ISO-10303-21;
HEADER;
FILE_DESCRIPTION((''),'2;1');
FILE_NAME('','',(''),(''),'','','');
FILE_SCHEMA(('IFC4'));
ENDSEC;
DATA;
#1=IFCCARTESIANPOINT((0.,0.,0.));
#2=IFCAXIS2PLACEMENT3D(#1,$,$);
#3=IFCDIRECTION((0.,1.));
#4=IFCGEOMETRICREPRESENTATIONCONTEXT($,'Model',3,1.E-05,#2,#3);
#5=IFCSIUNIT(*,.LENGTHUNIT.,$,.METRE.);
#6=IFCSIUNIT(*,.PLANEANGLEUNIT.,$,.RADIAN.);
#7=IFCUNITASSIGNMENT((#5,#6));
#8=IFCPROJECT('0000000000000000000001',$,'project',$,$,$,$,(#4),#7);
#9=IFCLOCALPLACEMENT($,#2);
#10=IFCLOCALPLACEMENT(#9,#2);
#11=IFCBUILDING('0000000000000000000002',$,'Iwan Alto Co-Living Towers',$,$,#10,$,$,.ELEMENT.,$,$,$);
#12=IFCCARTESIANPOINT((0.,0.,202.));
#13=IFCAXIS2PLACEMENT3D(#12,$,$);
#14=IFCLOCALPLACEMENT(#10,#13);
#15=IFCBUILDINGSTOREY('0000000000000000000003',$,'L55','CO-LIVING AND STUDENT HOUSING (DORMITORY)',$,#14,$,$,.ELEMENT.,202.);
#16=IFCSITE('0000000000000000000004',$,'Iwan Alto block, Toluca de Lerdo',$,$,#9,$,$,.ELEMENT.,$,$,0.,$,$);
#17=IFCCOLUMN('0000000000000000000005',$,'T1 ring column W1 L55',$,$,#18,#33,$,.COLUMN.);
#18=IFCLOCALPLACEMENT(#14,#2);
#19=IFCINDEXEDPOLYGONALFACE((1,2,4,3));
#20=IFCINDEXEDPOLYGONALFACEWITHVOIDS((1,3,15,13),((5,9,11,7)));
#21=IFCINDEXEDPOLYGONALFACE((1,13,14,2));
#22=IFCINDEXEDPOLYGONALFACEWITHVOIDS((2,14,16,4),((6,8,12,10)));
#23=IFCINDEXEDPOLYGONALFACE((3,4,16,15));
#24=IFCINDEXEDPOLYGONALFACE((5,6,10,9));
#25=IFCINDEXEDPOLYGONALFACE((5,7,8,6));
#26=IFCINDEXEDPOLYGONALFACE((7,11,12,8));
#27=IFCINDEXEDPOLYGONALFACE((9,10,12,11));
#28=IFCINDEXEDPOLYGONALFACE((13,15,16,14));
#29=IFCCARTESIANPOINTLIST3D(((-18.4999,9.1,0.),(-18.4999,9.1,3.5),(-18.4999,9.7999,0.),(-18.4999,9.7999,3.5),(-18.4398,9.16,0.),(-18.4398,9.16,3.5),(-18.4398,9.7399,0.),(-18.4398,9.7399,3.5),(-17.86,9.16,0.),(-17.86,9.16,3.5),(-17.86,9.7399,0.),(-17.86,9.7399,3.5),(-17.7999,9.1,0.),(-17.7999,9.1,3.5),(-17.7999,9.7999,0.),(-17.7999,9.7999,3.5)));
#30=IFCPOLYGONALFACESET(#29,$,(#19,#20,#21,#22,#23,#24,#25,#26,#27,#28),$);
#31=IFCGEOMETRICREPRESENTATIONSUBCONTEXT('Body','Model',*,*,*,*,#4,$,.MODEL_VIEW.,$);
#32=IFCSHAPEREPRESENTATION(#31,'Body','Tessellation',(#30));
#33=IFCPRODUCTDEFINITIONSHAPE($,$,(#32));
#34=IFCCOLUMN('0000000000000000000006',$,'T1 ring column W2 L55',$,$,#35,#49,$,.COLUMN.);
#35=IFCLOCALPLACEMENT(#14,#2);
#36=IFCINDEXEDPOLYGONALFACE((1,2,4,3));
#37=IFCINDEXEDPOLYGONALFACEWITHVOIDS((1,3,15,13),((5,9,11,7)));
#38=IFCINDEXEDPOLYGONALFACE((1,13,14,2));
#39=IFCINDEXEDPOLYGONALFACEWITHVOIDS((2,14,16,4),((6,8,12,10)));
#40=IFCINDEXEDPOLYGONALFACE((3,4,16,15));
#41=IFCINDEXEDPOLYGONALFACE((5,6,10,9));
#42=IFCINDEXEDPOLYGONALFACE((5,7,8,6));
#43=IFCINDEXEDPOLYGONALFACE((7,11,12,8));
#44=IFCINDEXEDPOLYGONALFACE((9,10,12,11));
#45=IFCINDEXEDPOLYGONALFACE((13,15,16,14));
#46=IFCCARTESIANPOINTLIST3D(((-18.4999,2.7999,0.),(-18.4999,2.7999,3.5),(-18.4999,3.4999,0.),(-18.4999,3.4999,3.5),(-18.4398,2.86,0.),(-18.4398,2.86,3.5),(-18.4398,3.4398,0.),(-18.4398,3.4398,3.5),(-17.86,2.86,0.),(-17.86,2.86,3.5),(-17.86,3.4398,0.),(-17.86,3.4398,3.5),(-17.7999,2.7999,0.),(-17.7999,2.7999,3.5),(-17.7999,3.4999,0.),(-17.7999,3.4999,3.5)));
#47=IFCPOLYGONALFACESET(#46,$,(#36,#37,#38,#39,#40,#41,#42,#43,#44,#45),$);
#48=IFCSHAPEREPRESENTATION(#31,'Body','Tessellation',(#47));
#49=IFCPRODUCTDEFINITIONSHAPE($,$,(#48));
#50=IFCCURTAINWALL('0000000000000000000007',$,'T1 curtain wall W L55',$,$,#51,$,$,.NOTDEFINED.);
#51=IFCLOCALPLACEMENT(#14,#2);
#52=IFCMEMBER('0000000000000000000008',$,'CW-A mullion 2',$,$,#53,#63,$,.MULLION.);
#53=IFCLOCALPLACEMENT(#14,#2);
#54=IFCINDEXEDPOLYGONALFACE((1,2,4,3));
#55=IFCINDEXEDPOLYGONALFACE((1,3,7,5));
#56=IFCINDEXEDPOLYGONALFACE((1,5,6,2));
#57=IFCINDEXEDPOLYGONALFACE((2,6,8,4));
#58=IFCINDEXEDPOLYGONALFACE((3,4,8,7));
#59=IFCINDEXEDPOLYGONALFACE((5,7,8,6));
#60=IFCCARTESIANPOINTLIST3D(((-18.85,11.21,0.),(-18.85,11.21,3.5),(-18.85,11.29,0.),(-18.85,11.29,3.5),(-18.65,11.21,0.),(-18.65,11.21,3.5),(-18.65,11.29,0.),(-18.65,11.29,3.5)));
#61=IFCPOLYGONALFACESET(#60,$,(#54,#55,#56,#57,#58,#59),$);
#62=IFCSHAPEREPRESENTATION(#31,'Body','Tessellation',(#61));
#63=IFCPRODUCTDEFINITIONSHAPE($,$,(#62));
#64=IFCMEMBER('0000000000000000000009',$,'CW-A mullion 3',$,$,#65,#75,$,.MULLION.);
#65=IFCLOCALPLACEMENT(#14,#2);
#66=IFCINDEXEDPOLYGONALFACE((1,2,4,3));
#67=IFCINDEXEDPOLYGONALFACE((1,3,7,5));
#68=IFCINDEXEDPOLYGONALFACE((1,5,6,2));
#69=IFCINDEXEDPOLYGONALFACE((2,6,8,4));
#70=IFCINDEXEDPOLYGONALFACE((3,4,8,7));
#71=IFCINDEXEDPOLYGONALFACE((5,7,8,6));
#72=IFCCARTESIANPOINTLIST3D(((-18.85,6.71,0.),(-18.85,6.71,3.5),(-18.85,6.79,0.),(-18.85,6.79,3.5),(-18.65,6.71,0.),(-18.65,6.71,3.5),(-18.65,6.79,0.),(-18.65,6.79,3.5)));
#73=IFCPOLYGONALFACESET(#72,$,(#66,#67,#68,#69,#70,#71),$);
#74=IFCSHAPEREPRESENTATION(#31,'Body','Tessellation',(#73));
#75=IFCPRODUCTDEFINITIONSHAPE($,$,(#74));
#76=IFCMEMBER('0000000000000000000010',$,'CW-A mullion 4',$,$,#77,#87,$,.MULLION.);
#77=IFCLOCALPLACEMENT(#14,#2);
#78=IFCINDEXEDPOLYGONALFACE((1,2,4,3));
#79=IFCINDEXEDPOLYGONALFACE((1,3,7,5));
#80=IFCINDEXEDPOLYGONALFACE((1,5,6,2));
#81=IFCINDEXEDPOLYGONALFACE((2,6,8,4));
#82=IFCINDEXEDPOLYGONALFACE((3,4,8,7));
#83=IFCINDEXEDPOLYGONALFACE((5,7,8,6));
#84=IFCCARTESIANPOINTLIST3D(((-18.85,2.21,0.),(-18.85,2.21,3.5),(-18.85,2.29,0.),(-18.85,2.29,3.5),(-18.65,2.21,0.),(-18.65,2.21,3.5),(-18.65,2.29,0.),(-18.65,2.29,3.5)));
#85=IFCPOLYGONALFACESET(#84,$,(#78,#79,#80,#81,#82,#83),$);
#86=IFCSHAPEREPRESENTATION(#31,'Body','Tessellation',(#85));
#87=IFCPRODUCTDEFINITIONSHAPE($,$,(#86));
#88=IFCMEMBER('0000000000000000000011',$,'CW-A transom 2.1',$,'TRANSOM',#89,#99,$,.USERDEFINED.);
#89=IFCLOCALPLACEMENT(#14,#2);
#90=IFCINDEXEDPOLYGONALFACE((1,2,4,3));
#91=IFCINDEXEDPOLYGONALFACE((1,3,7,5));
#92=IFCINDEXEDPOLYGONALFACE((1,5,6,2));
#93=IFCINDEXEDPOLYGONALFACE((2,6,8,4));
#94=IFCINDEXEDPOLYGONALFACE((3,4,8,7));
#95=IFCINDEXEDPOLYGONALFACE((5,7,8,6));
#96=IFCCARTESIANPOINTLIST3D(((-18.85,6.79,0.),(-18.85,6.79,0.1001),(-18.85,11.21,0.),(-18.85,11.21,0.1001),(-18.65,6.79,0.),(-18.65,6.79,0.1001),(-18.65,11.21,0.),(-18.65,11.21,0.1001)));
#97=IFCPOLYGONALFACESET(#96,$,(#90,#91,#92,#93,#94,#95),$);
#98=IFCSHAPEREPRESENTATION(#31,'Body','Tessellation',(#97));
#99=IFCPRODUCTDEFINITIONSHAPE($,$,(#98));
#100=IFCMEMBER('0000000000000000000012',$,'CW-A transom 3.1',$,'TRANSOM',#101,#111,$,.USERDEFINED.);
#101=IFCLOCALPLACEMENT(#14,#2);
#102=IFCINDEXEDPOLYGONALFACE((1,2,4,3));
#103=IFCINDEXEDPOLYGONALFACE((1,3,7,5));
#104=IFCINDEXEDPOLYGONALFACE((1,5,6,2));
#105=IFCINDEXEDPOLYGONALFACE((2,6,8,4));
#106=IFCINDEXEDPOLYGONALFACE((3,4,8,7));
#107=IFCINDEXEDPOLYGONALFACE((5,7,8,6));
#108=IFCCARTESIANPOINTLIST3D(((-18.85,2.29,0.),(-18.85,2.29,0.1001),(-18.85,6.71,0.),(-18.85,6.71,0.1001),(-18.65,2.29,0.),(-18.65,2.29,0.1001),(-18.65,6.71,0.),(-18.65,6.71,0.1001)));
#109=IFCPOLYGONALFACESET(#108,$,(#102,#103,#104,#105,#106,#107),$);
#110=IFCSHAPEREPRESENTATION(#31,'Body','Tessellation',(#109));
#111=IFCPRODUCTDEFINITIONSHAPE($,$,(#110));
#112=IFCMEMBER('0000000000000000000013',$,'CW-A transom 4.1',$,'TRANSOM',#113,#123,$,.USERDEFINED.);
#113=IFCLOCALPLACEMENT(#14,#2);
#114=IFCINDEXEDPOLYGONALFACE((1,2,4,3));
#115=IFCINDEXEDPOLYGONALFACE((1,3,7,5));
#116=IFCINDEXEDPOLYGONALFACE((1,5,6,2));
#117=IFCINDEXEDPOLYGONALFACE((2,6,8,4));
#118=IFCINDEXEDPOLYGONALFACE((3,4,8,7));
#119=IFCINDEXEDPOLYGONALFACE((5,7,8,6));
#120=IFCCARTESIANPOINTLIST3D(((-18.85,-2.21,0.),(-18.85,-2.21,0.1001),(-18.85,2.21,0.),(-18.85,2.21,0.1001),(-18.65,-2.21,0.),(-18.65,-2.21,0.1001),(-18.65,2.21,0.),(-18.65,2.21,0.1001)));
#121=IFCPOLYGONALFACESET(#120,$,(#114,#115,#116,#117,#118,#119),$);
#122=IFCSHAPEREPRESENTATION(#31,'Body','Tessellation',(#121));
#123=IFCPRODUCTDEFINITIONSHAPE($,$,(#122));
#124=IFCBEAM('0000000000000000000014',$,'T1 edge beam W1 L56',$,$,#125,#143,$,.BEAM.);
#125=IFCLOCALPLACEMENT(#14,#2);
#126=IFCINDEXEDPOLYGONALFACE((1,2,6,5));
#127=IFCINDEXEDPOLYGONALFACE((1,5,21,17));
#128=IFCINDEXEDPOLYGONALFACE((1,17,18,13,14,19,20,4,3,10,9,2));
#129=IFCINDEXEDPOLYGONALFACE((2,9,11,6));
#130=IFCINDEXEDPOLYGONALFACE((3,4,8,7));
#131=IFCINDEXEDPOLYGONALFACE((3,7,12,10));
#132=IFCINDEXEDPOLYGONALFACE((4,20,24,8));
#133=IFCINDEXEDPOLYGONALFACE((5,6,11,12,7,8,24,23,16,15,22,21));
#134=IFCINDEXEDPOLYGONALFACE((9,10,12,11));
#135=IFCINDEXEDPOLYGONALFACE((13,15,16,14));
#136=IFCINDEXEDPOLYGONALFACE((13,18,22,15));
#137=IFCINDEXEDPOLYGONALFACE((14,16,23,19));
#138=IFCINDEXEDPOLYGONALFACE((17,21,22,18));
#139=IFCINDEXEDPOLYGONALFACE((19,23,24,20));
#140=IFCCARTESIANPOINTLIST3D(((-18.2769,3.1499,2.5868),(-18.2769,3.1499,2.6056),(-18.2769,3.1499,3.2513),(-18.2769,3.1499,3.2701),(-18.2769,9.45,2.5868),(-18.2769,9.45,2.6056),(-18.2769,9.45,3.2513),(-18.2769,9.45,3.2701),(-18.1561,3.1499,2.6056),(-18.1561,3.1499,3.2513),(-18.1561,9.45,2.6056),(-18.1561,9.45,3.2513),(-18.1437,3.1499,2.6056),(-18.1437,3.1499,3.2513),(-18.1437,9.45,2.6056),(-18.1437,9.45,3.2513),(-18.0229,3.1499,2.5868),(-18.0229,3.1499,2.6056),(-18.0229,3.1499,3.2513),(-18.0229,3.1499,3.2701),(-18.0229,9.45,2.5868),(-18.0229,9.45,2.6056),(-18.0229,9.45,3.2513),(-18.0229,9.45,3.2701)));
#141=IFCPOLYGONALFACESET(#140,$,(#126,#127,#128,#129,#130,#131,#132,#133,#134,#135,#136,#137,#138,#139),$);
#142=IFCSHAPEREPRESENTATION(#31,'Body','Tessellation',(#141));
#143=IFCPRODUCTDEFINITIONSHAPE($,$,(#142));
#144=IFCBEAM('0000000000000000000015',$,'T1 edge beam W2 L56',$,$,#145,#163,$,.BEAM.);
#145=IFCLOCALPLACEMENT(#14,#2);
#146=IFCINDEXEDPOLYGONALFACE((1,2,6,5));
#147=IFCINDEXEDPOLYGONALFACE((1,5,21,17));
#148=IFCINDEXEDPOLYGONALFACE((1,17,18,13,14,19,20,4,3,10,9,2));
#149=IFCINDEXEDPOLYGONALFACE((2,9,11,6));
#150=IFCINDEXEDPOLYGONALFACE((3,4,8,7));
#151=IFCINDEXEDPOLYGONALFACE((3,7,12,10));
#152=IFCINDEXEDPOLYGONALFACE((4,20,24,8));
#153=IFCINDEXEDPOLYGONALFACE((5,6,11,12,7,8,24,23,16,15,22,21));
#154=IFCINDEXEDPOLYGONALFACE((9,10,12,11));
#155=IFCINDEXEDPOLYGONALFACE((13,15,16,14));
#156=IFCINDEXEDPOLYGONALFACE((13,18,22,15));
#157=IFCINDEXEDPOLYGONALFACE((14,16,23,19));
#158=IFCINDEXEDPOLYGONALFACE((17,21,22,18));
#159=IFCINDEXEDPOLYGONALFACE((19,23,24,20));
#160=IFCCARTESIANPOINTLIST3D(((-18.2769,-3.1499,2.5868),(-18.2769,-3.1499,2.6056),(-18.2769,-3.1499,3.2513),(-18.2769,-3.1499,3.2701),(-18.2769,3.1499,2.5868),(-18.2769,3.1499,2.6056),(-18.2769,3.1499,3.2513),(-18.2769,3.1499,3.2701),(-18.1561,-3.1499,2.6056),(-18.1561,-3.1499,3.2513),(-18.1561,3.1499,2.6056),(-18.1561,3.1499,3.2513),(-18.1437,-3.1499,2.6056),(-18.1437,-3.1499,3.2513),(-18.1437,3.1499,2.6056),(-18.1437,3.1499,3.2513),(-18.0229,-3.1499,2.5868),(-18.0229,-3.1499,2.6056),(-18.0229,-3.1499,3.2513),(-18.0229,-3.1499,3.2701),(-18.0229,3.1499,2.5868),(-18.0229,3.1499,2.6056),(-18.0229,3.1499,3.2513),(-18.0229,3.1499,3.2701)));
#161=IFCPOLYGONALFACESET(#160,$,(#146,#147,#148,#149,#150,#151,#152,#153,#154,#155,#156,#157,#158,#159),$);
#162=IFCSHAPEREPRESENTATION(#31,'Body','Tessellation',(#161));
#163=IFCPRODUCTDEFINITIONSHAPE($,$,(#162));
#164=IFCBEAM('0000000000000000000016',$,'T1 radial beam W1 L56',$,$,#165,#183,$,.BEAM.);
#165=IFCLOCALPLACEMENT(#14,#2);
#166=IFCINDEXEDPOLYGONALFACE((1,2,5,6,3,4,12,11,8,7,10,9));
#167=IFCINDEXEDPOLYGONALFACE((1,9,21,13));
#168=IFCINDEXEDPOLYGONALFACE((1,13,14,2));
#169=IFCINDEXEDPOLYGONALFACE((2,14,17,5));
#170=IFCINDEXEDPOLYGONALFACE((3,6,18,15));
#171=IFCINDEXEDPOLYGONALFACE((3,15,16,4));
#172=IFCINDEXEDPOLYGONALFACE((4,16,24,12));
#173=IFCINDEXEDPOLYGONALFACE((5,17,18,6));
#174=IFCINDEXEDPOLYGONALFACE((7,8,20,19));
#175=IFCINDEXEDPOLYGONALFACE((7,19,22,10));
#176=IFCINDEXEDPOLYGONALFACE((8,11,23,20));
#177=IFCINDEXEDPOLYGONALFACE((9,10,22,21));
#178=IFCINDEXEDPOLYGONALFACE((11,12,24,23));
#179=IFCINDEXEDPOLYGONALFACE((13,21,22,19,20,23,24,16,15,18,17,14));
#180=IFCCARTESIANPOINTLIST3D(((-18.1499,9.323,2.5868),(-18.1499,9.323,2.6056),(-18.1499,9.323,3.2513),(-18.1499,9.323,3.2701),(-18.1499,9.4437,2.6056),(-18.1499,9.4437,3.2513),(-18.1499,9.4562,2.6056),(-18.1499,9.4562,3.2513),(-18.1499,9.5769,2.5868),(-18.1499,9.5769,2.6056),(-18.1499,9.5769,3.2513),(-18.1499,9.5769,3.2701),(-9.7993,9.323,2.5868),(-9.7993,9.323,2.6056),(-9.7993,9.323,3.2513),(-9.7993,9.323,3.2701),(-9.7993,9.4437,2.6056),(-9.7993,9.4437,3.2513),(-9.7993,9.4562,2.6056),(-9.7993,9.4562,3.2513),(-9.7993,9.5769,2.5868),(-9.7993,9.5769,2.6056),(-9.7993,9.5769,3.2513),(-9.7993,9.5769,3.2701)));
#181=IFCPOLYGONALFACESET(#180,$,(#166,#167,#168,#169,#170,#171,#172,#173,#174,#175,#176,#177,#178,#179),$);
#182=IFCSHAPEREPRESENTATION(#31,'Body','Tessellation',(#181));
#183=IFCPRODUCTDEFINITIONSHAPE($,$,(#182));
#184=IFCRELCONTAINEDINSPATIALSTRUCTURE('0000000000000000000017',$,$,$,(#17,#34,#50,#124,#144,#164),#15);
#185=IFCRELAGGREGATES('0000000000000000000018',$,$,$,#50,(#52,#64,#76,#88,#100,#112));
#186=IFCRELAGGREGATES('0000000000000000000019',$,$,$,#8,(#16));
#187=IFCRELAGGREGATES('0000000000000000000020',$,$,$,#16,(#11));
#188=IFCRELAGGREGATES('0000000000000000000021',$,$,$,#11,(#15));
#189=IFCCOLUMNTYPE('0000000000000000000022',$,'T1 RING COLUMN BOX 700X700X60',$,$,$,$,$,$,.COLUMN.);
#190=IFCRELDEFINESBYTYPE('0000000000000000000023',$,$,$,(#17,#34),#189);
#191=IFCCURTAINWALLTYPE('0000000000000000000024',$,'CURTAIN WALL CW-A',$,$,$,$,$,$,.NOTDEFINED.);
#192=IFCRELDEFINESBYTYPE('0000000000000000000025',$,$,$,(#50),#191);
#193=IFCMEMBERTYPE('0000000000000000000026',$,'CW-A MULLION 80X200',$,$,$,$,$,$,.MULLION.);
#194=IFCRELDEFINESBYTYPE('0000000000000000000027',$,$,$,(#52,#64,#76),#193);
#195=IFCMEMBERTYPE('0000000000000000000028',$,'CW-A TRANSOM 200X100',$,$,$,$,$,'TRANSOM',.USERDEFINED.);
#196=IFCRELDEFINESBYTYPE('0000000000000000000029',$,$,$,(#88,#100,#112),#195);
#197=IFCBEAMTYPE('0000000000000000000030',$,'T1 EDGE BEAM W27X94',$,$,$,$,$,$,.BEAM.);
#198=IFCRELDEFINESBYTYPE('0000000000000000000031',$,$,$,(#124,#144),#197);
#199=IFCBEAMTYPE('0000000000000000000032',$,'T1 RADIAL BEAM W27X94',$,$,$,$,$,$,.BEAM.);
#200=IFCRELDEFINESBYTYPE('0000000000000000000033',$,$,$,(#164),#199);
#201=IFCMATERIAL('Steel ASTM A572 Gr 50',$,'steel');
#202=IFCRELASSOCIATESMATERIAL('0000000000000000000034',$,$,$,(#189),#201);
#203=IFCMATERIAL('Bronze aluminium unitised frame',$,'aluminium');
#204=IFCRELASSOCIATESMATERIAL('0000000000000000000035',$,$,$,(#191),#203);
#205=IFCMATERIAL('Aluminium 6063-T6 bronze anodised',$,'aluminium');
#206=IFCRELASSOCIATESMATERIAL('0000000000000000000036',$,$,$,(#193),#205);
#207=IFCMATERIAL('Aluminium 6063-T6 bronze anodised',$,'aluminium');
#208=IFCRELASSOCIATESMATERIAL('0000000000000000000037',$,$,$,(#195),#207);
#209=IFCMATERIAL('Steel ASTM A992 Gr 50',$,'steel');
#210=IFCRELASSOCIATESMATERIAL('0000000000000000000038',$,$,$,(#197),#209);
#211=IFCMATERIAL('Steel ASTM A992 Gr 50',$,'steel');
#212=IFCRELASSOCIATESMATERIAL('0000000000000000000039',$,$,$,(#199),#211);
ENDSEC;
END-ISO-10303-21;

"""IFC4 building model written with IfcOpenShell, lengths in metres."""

from ifc_helpers import new_model, si_unit, direction, frame, origin, origin_2d, place, context, subcontext, project, spatial, rectangle, hollow_rectangle, i_section, extrude, material, material_profile, profile_set, type_object, element, aggregate, save


model = new_model("IFC4")

# Units and contexts
model_context = context("Model", 3, precision=1e-05, world=origin(), true_north=direction((0.0, 1.0)))
body_context = subcontext(model_context, "Body", "Model", "MODEL_VIEW")
ifc_project = project(units=[si_unit("LENGTHUNIT", "METRE"), si_unit("PLANEANGLEUNIT", "RADIAN")], contexts=[model_context])

# Site, building, storey
site_placement = place(None, origin())
site = spatial("IfcSite", under=ifc_project, at=site_placement, Name="Iwan Alto block, Toluca de Lerdo", CompositionType="ELEMENT", RefElevation=0.0)
building_placement = place(site_placement, origin())
building = spatial("IfcBuilding", under=site, at=building_placement, Name="Iwan Alto Co-Living Towers", CompositionType="ELEMENT")
storey_placement = place(building_placement, frame((0.0, 0.0, 202.0)))
storey = spatial("IfcBuildingStorey", under=building, at=storey_placement, Name="L55", Description="CO-LIVING AND STUDENT HOUSING (DORMITORY)", CompositionType="ELEMENT", Elevation=202.0)

# Columns
ifc_material_1 = material(Name="Steel ASTM A572 Gr 50", Category="steel")
ifc_material_profile_1 = material_profile(ifc_material_1, hollow_rectangle(XDim=0.7, YDim=0.7, WallThickness=0.0601, at=origin_2d()), Name="BOX 700X700X60")
ifc_profile_set_1 = profile_set([ifc_material_profile_1], Name="Steel ASTM A572 Gr 50")
column_type = type_object("IfcColumnType", Name="T1 RING COLUMN BOX 700X700X60", PredefinedType="COLUMN", material=ifc_profile_set_1)
for number, where, z_axis, x_axis, name in (
    (1, (-18.1499, 9.45, 0.0), (0.0, 0.0, 1.0), (1.0, 0.0, 0.0), "T1 ring column W1 L55"),
    (2, (-18.1499, 3.1499, 0.0), (0.0, 0.0, 1.0), (1.0, 0.0, 0.0), "T1 ring column W2 L55"),
):
    element("IfcColumn", number, at=place(storey_placement, frame(where, z_axis=z_axis, x_axis=x_axis)), inside=storey, type_object=column_type, Name=name, PredefinedType="COLUMN", context=body_context, shape_type="SweptSolid", body=[
        extrude(hollow_rectangle(XDim=0.7, YDim=0.7, WallThickness=0.0601, at=origin_2d()), origin(), (0.0, 0.0, 1.0), 3.5),
    ])

# Curtain wall, members
ifc_material_2 = material(Name="Bronze aluminium unitised frame", Category="aluminium")
curtain_wall_type = type_object("IfcCurtainWallType", Name="CURTAIN WALL CW-A", PredefinedType="NOTDEFINED", material=ifc_material_2)
curtain_wall_placement = place(storey_placement, origin())
curtain_wall = element("IfcCurtainWall", 3, at=curtain_wall_placement, inside=storey, type_object=curtain_wall_type, Name="T1 curtain wall W L55", PredefinedType="NOTDEFINED")
ifc_material_3 = material(Name="Aluminium 6063-T6 bronze anodised", Category="aluminium")
ifc_material_profile_2 = material_profile(ifc_material_3, rectangle(XDim=0.2, YDim=0.0801, at=origin_2d()), Name="AL 80X200")
ifc_profile_set_2 = profile_set([ifc_material_profile_2], Name="Aluminium 6063-T6 bronze anodised")
member_type_1 = type_object("IfcMemberType", Name="CW-A MULLION 80X200", PredefinedType="MULLION", material=ifc_profile_set_2)
member_1_placement = place(storey_placement, frame((-18.75, 11.25, 0.0), z_axis=(0.0, 0.0, 1.0), x_axis=(1.0, 0.0, 0.0)))
member_1 = element("IfcMember", 4, at=member_1_placement, type_object=member_type_1, Name="CW-A mullion 2", PredefinedType="MULLION", context=body_context, shape_type="SweptSolid", body=[
    extrude(rectangle(XDim=0.2, YDim=0.0801, at=origin_2d()), origin(), (0.0, 0.0, 1.0), 3.5),
])
member_2_placement = place(storey_placement, frame((-18.75, 6.75, 0.0), z_axis=(0.0, 0.0, 1.0), x_axis=(1.0, 0.0, 0.0)))
member_2 = element("IfcMember", 5, at=member_2_placement, type_object=member_type_1, Name="CW-A mullion 3", PredefinedType="MULLION", context=body_context, shape_type="SweptSolid", body=[
    extrude(rectangle(XDim=0.2, YDim=0.0801, at=origin_2d()), origin(), (0.0, 0.0, 1.0), 3.5),
])
member_3_placement = place(storey_placement, frame((-18.75, 2.25, 0.0), z_axis=(0.0, 0.0, 1.0), x_axis=(1.0, 0.0, 0.0)))
member_3 = element("IfcMember", 6, at=member_3_placement, type_object=member_type_1, Name="CW-A mullion 4", PredefinedType="MULLION", context=body_context, shape_type="SweptSolid", body=[
    extrude(rectangle(XDim=0.2, YDim=0.0801, at=origin_2d()), origin(), (0.0, 0.0, 1.0), 3.5),
])
ifc_material_4 = material(Name="Aluminium 6063-T6 bronze anodised", Category="aluminium")
ifc_material_profile_3 = material_profile(ifc_material_4, rectangle(XDim=0.2, YDim=0.1001, at=origin_2d()), Name="AL 200X100")
ifc_profile_set_3 = profile_set([ifc_material_profile_3], Name="Aluminium 6063-T6 bronze anodised")
member_type_2 = type_object("IfcMemberType", Name="CW-A TRANSOM 200X100", ElementType="TRANSOM", PredefinedType="USERDEFINED", material=ifc_profile_set_3)
member_4_placement = place(storey_placement, frame((-18.75, 11.21, 0.05), z_axis=(0.0, -1.0, 0.0), x_axis=(1.0, 0.0, 0.0)))
member_4 = element("IfcMember", 7, at=member_4_placement, type_object=member_type_2, Name="CW-A transom 2.1", ObjectType="TRANSOM", PredefinedType="USERDEFINED", context=body_context, shape_type="SweptSolid", body=[
    extrude(rectangle(XDim=0.2, YDim=0.1001, at=origin_2d()), origin(), (0.0, 0.0, 1.0), 4.4199),
])
member_5_placement = place(storey_placement, frame((-18.75, 6.71, 0.05), z_axis=(0.0, -1.0, 0.0), x_axis=(1.0, 0.0, 0.0)))
member_5 = element("IfcMember", 8, at=member_5_placement, type_object=member_type_2, Name="CW-A transom 3.1", ObjectType="TRANSOM", PredefinedType="USERDEFINED", context=body_context, shape_type="SweptSolid", body=[
    extrude(rectangle(XDim=0.2, YDim=0.1001, at=origin_2d()), origin(), (0.0, 0.0, 1.0), 4.4199),
])
member_6_placement = place(storey_placement, frame((-18.75, 2.21, 0.05), z_axis=(0.0, -1.0, 0.0), x_axis=(1.0, 0.0, 0.0)))
member_6 = element("IfcMember", 9, at=member_6_placement, type_object=member_type_2, Name="CW-A transom 4.1", ObjectType="TRANSOM", PredefinedType="USERDEFINED", context=body_context, shape_type="SweptSolid", body=[
    extrude(rectangle(XDim=0.2, YDim=0.1001, at=origin_2d()), origin(), (0.0, 0.0, 1.0), 4.4199),
])

# Beams
ifc_material_5 = material(Name="Steel ASTM A992 Gr 50", Category="steel")
ifc_material_profile_4 = material_profile(ifc_material_5, i_section(OverallWidth=0.2539, OverallDepth=0.6833, WebThickness=0.0125, FlangeThickness=0.0188, at=origin_2d()), Name="W27X94")
ifc_profile_set_4 = profile_set([ifc_material_profile_4], Name="Steel ASTM A992 Gr 50")
beam_type_1 = type_object("IfcBeamType", Name="T1 EDGE BEAM W27X94", PredefinedType="BEAM", material=ifc_profile_set_4)
beam_1_placement = place(storey_placement, frame((-18.1499, 9.45, 2.9285), z_axis=(0.0, -1.0, 0.0), x_axis=(1.0, 0.0, 0.0)))
element("IfcBeam", 10, at=beam_1_placement, inside=storey, type_object=beam_type_1, Name="T1 edge beam W1 L56", PredefinedType="BEAM", context=body_context, shape_type="SweptSolid", body=[
    extrude(i_section(OverallWidth=0.2539, OverallDepth=0.6833, WebThickness=0.0125, FlangeThickness=0.0188, at=origin_2d()), origin(), (0.0, 0.0, 1.0), 6.3),
])
beam_2_placement = place(storey_placement, frame((-18.1499, 3.1499, 2.9285), z_axis=(0.0, -1.0, 0.0), x_axis=(1.0, 0.0, 0.0)))
element("IfcBeam", 11, at=beam_2_placement, inside=storey, type_object=beam_type_1, Name="T1 edge beam W2 L56", PredefinedType="BEAM", context=body_context, shape_type="SweptSolid", body=[
    extrude(i_section(OverallWidth=0.2539, OverallDepth=0.6833, WebThickness=0.0125, FlangeThickness=0.0188, at=origin_2d()), origin(), (0.0, 0.0, 1.0), 6.2998),
])
ifc_material_6 = material(Name="Steel ASTM A992 Gr 50", Category="steel")
ifc_material_profile_5 = material_profile(ifc_material_6, i_section(OverallWidth=0.2539, OverallDepth=0.6833, WebThickness=0.0125, FlangeThickness=0.0188, at=origin_2d()), Name="W27X94")
ifc_profile_set_5 = profile_set([ifc_material_profile_5], Name="Steel ASTM A992 Gr 50")
beam_type_2 = type_object("IfcBeamType", Name="T1 RADIAL BEAM W27X94", PredefinedType="BEAM", material=ifc_profile_set_5)
for number, where, z_axis, x_axis, name in (
    (12, (-18.1499, 9.45, 2.9285), (1.0, 0.0, 0.0), (0.0, 1.0, 0.0), "T1 radial beam W1 L56"),
):
    element("IfcBeam", number, at=place(storey_placement, frame(where, z_axis=z_axis, x_axis=x_axis)), inside=storey, type_object=beam_type_2, Name=name, PredefinedType="BEAM", context=body_context, shape_type="SweptSolid", body=[
        extrude(i_section(OverallWidth=0.2539, OverallDepth=0.6833, WebThickness=0.0125, FlangeThickness=0.0188, at=origin_2d()), origin(), (0.0, 0.0, 1.0), 8.3506),
    ])

aggregate(curtain_wall, [member_1, member_2, member_3, member_4, member_5, member_6])

save(model, "model.ifc")
